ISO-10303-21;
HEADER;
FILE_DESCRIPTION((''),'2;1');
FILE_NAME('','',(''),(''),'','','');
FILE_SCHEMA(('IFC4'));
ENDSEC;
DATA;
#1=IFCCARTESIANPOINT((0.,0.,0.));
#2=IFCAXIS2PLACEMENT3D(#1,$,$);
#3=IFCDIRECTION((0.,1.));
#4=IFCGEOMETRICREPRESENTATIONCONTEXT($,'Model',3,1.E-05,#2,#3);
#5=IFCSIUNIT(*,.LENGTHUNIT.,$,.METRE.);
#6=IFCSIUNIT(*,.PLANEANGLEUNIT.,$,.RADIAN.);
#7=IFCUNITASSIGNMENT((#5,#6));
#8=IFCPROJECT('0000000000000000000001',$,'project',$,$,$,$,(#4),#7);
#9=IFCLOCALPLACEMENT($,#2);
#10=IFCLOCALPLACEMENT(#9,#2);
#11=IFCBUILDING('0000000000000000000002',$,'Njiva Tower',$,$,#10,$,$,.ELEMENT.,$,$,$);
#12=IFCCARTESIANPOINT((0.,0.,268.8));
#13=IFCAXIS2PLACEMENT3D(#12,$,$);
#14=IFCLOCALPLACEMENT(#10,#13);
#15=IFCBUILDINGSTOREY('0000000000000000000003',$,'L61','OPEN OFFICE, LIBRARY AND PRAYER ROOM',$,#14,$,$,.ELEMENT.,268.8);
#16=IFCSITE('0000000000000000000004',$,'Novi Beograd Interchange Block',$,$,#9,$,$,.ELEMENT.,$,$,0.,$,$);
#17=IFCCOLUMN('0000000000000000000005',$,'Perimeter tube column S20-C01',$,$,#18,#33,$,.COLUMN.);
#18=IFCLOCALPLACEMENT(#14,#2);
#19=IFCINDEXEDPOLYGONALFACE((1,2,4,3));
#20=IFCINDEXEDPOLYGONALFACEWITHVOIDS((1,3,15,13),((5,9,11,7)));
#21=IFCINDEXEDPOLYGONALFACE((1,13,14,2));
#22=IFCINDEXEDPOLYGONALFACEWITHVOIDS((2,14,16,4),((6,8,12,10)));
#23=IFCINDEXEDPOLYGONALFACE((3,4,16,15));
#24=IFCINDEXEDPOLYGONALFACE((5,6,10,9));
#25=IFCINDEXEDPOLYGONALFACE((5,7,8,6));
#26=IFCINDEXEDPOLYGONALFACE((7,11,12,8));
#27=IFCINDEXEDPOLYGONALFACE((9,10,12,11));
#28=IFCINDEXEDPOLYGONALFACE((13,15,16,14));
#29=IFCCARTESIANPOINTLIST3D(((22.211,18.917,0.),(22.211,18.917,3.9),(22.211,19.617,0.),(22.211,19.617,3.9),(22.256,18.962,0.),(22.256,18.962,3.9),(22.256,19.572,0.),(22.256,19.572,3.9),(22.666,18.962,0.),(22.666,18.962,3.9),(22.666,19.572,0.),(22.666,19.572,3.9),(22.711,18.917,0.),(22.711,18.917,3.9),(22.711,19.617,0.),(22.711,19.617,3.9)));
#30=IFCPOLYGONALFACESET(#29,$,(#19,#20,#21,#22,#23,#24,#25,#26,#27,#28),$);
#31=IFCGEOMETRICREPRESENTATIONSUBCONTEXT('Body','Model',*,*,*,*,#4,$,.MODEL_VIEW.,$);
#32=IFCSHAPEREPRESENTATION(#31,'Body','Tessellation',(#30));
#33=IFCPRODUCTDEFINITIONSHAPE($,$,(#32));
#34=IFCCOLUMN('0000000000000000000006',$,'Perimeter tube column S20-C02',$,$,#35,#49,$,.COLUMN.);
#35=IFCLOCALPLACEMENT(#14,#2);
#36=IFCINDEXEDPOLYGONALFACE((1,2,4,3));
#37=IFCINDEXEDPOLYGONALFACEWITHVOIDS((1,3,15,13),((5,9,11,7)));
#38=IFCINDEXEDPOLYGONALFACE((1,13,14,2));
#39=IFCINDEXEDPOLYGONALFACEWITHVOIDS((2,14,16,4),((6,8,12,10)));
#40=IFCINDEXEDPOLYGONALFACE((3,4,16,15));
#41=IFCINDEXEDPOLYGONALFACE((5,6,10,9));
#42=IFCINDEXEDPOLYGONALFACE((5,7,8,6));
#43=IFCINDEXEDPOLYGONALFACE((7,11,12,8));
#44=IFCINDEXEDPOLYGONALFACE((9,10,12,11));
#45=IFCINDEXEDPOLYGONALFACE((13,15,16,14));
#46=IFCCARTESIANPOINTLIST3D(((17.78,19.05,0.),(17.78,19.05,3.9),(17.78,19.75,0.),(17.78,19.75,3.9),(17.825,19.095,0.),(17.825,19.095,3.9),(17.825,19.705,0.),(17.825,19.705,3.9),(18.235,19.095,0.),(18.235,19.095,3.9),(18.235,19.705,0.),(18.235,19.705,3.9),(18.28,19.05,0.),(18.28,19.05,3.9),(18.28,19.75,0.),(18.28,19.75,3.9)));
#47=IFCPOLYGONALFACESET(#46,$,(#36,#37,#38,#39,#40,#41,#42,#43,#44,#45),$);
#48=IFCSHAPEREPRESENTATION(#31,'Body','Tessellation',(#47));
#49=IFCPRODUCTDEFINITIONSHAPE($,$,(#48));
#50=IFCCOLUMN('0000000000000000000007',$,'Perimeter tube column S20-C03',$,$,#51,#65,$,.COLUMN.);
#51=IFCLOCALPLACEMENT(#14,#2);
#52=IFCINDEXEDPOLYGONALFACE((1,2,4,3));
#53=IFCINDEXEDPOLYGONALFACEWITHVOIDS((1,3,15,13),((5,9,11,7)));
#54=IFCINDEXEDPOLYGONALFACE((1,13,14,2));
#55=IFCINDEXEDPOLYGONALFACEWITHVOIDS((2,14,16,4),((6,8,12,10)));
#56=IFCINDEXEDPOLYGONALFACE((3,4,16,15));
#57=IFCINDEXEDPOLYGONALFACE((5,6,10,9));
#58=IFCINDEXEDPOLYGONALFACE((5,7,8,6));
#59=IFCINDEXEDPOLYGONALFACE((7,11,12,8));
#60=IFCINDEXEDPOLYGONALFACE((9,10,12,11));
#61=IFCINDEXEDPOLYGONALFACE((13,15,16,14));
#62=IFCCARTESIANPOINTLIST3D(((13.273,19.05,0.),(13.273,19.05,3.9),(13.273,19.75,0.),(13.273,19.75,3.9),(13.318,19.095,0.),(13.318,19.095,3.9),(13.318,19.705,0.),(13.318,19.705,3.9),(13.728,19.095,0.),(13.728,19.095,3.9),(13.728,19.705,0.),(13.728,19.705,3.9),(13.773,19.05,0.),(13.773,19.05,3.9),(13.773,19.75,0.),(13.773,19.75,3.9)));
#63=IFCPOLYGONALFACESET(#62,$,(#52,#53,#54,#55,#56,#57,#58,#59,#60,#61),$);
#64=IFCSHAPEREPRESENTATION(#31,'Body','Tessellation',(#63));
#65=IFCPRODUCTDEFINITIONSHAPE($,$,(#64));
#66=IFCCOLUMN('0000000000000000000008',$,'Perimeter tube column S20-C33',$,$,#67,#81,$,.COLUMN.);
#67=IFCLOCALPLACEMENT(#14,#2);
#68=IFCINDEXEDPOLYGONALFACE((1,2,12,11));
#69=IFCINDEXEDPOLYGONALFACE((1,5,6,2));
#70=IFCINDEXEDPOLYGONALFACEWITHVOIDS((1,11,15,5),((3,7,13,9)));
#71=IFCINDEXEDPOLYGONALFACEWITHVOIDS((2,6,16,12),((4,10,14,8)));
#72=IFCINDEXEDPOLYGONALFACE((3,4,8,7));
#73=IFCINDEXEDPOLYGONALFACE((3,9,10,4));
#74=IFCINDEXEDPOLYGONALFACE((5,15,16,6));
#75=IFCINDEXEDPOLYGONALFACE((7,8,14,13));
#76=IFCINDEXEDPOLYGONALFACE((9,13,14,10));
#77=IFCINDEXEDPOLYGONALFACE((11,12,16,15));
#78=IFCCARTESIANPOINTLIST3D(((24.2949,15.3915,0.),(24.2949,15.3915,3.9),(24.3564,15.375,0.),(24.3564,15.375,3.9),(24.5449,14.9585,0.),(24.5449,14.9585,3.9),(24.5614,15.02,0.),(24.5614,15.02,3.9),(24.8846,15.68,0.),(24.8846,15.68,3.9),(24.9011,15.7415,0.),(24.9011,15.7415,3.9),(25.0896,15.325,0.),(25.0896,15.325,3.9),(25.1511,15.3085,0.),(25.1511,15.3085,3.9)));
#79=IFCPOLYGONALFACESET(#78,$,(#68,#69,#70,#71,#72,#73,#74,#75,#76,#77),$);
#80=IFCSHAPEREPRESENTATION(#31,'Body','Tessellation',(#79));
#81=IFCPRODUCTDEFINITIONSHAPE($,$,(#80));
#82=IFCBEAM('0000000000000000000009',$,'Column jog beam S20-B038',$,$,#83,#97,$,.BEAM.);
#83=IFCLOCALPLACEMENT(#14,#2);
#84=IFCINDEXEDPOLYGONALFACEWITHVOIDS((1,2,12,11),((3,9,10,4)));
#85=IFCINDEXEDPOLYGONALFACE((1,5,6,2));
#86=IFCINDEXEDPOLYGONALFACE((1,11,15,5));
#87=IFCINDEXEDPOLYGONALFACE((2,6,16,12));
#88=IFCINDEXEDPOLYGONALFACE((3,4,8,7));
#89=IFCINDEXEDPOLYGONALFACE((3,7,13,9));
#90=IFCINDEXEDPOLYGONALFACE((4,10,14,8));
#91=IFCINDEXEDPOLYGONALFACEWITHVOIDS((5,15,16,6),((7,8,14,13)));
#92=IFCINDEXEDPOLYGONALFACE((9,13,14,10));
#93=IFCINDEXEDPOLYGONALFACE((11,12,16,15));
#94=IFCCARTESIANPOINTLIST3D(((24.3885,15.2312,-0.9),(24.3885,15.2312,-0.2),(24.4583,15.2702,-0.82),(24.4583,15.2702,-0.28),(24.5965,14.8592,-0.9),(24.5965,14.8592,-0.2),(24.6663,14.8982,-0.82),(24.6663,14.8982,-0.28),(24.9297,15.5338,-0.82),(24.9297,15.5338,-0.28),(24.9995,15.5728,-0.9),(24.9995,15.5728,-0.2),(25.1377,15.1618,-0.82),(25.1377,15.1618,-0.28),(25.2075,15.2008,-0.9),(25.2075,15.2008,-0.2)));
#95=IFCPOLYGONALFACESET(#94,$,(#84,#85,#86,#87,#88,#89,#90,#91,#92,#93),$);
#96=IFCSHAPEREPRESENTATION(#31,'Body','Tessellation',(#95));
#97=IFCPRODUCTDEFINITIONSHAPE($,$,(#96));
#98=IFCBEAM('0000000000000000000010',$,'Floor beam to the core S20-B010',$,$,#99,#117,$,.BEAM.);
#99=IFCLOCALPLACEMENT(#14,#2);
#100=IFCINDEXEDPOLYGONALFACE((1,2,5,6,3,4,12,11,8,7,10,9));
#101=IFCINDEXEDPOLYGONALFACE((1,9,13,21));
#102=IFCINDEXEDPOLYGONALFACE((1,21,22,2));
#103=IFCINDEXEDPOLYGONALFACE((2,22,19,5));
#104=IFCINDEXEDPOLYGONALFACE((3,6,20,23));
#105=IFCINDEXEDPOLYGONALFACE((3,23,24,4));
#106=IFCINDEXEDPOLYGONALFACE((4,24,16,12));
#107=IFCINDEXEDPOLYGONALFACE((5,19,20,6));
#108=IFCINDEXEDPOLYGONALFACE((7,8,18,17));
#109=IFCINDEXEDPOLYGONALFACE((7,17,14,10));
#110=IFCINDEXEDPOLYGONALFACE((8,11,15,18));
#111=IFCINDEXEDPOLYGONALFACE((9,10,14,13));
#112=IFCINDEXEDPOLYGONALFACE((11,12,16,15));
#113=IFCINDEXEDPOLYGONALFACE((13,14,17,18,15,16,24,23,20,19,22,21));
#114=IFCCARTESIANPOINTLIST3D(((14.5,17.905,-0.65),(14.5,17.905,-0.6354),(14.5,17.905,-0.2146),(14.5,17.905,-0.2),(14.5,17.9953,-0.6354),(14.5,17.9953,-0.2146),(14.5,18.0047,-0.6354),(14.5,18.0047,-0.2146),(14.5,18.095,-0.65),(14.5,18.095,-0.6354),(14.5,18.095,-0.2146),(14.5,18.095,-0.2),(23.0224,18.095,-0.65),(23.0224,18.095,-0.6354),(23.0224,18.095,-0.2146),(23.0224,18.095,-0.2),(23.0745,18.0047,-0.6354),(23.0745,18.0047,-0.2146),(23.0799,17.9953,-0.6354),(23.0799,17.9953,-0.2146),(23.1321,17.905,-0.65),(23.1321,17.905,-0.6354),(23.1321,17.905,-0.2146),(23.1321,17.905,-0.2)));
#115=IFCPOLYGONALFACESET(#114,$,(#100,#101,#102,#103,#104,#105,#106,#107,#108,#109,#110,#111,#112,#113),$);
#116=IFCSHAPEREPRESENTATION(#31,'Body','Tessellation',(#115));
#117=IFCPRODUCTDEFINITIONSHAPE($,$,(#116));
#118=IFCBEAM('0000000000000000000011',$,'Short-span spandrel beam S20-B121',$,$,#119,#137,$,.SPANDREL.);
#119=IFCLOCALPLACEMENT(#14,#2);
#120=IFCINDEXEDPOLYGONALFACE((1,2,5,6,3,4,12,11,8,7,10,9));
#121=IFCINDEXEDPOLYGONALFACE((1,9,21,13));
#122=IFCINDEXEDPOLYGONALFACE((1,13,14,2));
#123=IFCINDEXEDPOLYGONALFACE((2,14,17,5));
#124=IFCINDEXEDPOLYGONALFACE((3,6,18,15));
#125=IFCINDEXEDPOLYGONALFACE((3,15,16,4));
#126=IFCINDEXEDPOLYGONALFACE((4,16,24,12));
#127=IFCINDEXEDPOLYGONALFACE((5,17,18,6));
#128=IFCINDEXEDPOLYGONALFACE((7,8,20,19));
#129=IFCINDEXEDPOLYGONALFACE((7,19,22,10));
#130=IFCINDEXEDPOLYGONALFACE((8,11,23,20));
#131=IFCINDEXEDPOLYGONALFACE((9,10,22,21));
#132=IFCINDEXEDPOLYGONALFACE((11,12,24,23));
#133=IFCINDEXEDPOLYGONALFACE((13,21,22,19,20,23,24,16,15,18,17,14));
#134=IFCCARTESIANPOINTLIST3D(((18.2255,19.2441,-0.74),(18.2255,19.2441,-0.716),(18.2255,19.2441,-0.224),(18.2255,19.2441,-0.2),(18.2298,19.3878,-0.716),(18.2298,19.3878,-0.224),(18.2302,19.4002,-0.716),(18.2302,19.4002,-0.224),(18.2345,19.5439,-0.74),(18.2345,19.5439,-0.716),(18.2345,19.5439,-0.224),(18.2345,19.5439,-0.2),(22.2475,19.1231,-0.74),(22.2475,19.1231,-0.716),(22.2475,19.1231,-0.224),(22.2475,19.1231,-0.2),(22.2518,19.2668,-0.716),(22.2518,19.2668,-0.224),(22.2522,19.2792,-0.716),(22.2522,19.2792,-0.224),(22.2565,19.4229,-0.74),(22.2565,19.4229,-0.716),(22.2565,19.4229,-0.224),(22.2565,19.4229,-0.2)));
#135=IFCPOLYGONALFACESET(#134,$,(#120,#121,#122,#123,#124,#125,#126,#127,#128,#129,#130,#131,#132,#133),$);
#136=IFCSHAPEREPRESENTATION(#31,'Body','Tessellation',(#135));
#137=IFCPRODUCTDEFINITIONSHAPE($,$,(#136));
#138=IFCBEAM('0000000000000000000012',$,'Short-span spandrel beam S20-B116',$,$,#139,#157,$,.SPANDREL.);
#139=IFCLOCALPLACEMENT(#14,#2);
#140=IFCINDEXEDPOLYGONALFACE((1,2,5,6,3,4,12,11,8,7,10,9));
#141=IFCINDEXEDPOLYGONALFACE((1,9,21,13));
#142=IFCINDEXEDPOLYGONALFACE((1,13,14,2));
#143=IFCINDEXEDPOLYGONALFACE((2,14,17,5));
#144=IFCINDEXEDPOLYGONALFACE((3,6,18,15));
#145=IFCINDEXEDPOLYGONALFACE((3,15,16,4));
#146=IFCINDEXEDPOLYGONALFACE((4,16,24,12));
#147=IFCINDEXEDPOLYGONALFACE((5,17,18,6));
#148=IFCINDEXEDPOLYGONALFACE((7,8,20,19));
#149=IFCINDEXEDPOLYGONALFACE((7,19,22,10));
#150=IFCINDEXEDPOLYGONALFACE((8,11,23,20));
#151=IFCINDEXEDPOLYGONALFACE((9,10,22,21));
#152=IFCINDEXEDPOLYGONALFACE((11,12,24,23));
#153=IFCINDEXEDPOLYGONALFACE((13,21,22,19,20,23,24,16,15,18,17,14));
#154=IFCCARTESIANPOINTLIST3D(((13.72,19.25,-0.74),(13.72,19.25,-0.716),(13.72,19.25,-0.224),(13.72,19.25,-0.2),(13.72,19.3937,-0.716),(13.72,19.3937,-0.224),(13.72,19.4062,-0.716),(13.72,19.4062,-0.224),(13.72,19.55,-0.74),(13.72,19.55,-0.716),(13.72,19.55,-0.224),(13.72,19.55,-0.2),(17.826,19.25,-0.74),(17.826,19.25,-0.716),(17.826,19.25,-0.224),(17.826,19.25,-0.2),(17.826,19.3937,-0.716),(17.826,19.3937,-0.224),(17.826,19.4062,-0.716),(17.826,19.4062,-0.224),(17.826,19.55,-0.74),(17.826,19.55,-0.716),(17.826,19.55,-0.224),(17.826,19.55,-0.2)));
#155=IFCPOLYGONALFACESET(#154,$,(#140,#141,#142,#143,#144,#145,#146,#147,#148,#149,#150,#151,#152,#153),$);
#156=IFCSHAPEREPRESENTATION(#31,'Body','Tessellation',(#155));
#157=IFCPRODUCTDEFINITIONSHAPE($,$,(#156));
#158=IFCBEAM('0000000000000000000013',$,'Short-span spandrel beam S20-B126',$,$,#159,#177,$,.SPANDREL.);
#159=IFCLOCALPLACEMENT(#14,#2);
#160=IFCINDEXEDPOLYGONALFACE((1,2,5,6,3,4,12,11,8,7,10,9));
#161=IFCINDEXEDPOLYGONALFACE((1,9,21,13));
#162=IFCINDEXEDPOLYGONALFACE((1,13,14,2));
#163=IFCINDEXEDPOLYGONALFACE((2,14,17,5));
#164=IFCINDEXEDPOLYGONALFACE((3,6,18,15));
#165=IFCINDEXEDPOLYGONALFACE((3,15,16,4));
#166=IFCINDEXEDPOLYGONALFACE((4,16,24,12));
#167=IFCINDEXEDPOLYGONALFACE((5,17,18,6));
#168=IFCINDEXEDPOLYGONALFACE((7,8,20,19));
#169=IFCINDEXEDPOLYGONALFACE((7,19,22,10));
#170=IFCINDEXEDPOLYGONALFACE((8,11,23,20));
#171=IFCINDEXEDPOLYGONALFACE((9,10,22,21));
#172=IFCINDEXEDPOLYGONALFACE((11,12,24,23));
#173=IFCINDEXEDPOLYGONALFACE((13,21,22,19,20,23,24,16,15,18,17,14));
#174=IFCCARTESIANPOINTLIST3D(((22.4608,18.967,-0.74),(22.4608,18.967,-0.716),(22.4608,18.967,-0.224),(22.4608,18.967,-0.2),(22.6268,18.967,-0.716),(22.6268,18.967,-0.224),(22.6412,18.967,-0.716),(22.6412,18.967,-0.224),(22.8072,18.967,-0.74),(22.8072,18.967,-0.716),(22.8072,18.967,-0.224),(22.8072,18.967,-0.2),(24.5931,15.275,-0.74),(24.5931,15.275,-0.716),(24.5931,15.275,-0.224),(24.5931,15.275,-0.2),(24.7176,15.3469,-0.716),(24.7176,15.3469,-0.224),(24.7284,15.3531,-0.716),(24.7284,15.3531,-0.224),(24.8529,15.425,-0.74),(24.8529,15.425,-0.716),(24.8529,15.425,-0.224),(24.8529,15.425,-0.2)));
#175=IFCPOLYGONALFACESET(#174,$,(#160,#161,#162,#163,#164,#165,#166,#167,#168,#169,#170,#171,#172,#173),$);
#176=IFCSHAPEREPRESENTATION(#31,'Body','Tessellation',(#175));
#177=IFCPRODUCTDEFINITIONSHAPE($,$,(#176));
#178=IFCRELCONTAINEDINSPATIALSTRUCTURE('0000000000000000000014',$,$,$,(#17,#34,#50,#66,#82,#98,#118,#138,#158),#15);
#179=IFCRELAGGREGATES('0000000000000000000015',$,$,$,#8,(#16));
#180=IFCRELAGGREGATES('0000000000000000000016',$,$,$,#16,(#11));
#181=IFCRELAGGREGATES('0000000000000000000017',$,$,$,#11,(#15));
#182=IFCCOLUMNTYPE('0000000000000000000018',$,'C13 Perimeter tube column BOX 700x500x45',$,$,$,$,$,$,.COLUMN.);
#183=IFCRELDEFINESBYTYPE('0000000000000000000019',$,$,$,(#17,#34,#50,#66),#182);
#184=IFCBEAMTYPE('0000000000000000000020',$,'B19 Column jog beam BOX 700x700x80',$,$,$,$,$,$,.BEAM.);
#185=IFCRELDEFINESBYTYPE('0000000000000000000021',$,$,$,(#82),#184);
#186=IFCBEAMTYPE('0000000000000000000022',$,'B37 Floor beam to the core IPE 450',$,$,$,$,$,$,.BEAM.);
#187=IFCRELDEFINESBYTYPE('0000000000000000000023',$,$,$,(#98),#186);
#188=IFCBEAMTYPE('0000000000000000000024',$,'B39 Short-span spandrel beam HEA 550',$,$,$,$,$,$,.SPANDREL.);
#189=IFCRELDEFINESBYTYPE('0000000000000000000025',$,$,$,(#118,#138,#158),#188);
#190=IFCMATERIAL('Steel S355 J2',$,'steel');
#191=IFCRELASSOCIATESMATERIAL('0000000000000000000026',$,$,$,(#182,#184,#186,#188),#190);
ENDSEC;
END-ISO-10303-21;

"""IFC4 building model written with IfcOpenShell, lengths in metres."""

from ifc_helpers import new_model, si_unit, direction, frame, origin, origin_2d, place, context, subcontext, project, spatial, hollow_rectangle, i_section, extrude, clip, halfspace, material, material_profile, profile_set, type_object, element, save


model = new_model("IFC4")

# Units and contexts
model_context = context("Model", 3, precision=1e-05, world=origin(), true_north=direction((0.0, 1.0)))
body_context = subcontext(model_context, "Body", "Model", "MODEL_VIEW")
ifc_project = project(units=[si_unit("LENGTHUNIT", "METRE"), si_unit("PLANEANGLEUNIT", "RADIAN")], contexts=[model_context])

# Site, building, storey
site_placement = place(None, origin())
site = spatial("IfcSite", under=ifc_project, at=site_placement, Name="Novi Beograd Interchange Block", CompositionType="ELEMENT", RefElevation=0.0)
building_placement = place(site_placement, origin())
building = spatial("IfcBuilding", under=site, at=building_placement, Name="Njiva Tower", CompositionType="ELEMENT")
storey_placement = place(building_placement, frame((0.0, 0.0, 268.8)))
storey = spatial("IfcBuildingStorey", under=building, at=storey_placement, Name="L61", Description="OPEN OFFICE, LIBRARY AND PRAYER ROOM", CompositionType="ELEMENT", Elevation=268.8)

# Columns
ifc_material_1 = material(Name="Steel S355 J2", Category="steel")
ifc_material_profile_1 = material_profile(ifc_material_1, hollow_rectangle(XDim=0.5, YDim=0.7, WallThickness=0.045, at=origin_2d()), Name="BOX 700x500x45")
ifc_profile_set_1 = profile_set([ifc_material_profile_1], Name="Steel S355 J2")
column_type = type_object("IfcColumnType", Name="C13 Perimeter tube column BOX 700x500x45", PredefinedType="COLUMN", material=ifc_profile_set_1)
for number, where, z_axis, x_axis, name in (
    (1, (22.461, 19.267, 0.0), (0.0, 0.0, 1.0), (-1.0, 0.0, 0.0), "Perimeter tube column S20-C01"),
    (2, (18.03, 19.4, 0.0), (0.0, 0.0, 1.0), (-1.0, 0.0, 0.0), "Perimeter tube column S20-C02"),
    (3, (13.523, 19.4, 0.0), (0.0, 0.0, 1.0), (-1.0, 0.0, 0.0), "Perimeter tube column S20-C03"),
    (4, (24.723, 15.35, 0.0), (0.0, 0.0, 1.0), (-0.5, 0.866025, 0.0), "Perimeter tube column S20-C33"),
):
    element("IfcColumn", number, at=place(storey_placement, frame(where, z_axis=z_axis, x_axis=x_axis)), inside=storey, type_object=column_type, Name=name, PredefinedType="COLUMN", context=body_context, shape_type="SweptSolid", body=[
        extrude(hollow_rectangle(XDim=0.5, YDim=0.7, WallThickness=0.045, at=origin_2d()), origin(), (0.0, 0.0, 1.0), 3.9),
    ])

# Beams
ifc_material_profile_2 = material_profile(ifc_material_1, hollow_rectangle(XDim=0.7, YDim=0.7, WallThickness=0.08, at=origin_2d()), Name="BOX 700x700x80")
ifc_profile_set_2 = profile_set([ifc_material_profile_2], Name="Steel S355 J2")
beam_type_1 = type_object("IfcBeamType", Name="B19 Column jog beam BOX 700x700x80", PredefinedType="BEAM", material=ifc_profile_set_2)
beam_1_placement = place(storey_placement, frame((24.902, 15.03, -0.55), z_axis=(-0.488032, 0.872826, 0.0), x_axis=(-0.872826, -0.488032, 0.0)))
element("IfcBeam", 5, at=beam_1_placement, inside=storey, type_object=beam_type_1, Name="Column jog beam S20-B038", PredefinedType="BEAM", context=body_context, shape_type="SweptSolid", body=[
    extrude(hollow_rectangle(XDim=0.7, YDim=0.7, WallThickness=0.08, at=origin_2d()), origin(), (0.0, 0.0, 1.0), 0.4262),
])
ifc_material_profile_3 = material_profile(ifc_material_1, i_section(OverallWidth=0.19, OverallDepth=0.45, WebThickness=0.0094, FlangeThickness=0.0146, at=origin_2d()), Name="IPE 450")
ifc_profile_set_3 = profile_set([ifc_material_profile_3], Name="Steel S355 J2")
beam_type_2 = type_object("IfcBeamType", Name="B37 Floor beam to the core IPE 450", PredefinedType="BEAM", material=ifc_profile_set_3)
beam_2_placement = place(storey_placement, frame((14.5, 18.0, -0.425), z_axis=(1.0, 0.0, 0.0), x_axis=(0.0, 1.0, 0.0)))
element("IfcBeam", 6, at=beam_2_placement, inside=storey, type_object=beam_type_2, Name="Floor beam to the core S20-B010", PredefinedType="BEAM", context=body_context, shape_type="Clipping", body=[
    clip(extrude(i_section(OverallWidth=0.19, OverallDepth=0.45, WebThickness=0.0094, FlangeThickness=0.0146, at=origin_2d()), origin(), (0.0, 0.0, 1.0), 8.652), halfspace(frame((0.025, 0.0, 8.5628), z_axis=(0.499998, 0.0, 0.866027), x_axis=(0.0, 1.0, 0.0)), False)),
])
ifc_material_profile_4 = material_profile(ifc_material_1, i_section(OverallWidth=0.3, OverallDepth=0.54, WebThickness=0.0125, FlangeThickness=0.024, at=origin_2d()), Name="HEA 550")
ifc_profile_set_4 = profile_set([ifc_material_profile_4], Name="Steel S355 J2")
beam_type_3 = type_object("IfcBeamType", Name="B39 Short-span spandrel beam HEA 550", PredefinedType="SPANDREL", material=ifc_profile_set_4)
beam_3_placement = place(storey_placement, frame((22.252, 19.273, -0.47), z_axis=(-0.999548, 0.030071, 0.0), x_axis=(-0.030071, -0.999548, 0.0)))
element("IfcBeam", 7, at=beam_3_placement, inside=storey, type_object=beam_type_3, Name="Short-span spandrel beam S20-B121", PredefinedType="SPANDREL", context=body_context, shape_type="SweptSolid", body=[
    extrude(i_section(OverallWidth=0.3, OverallDepth=0.54, WebThickness=0.0125, FlangeThickness=0.024, at=origin_2d()), origin(), (0.0, 0.0, 1.0), 4.0238),
])
beam_4_placement = place(storey_placement, frame((17.826, 19.4, -0.47), z_axis=(-1.0, 0.0, 0.0), x_axis=(0.0, -1.0, 0.0)))
element("IfcBeam", 8, at=beam_4_placement, inside=storey, type_object=beam_type_3, Name="Short-span spandrel beam S20-B116", PredefinedType="SPANDREL", context=body_context, shape_type="SweptSolid", body=[
    extrude(i_section(OverallWidth=0.3, OverallDepth=0.54, WebThickness=0.0125, FlangeThickness=0.024, at=origin_2d()), origin(), (0.0, 0.0, 1.0), 4.106),
])
beam_5_placement = place(storey_placement, frame((24.723, 15.35, -0.47), z_axis=(-0.50013, 0.86595, 0.0), x_axis=(-0.86595, -0.50013, 0.0)))
element("IfcBeam", 9, at=beam_5_placement, inside=storey, type_object=beam_type_3, Name="Short-span spandrel beam S20-B126", PredefinedType="SPANDREL", context=body_context, shape_type="Clipping", body=[
    clip(extrude(i_section(OverallWidth=0.3, OverallDepth=0.54, WebThickness=0.0125, FlangeThickness=0.024, at=origin_2d()), origin(), (0.0, 0.0, 1.0), 4.2839), halfspace(frame((-0.0254, 0.0, 4.1623), z_axis=(-0.50013, 0.0, 0.86595), x_axis=(0.0, 1.0, 0.0)), False)),
])

save(model, "model.ifc")
